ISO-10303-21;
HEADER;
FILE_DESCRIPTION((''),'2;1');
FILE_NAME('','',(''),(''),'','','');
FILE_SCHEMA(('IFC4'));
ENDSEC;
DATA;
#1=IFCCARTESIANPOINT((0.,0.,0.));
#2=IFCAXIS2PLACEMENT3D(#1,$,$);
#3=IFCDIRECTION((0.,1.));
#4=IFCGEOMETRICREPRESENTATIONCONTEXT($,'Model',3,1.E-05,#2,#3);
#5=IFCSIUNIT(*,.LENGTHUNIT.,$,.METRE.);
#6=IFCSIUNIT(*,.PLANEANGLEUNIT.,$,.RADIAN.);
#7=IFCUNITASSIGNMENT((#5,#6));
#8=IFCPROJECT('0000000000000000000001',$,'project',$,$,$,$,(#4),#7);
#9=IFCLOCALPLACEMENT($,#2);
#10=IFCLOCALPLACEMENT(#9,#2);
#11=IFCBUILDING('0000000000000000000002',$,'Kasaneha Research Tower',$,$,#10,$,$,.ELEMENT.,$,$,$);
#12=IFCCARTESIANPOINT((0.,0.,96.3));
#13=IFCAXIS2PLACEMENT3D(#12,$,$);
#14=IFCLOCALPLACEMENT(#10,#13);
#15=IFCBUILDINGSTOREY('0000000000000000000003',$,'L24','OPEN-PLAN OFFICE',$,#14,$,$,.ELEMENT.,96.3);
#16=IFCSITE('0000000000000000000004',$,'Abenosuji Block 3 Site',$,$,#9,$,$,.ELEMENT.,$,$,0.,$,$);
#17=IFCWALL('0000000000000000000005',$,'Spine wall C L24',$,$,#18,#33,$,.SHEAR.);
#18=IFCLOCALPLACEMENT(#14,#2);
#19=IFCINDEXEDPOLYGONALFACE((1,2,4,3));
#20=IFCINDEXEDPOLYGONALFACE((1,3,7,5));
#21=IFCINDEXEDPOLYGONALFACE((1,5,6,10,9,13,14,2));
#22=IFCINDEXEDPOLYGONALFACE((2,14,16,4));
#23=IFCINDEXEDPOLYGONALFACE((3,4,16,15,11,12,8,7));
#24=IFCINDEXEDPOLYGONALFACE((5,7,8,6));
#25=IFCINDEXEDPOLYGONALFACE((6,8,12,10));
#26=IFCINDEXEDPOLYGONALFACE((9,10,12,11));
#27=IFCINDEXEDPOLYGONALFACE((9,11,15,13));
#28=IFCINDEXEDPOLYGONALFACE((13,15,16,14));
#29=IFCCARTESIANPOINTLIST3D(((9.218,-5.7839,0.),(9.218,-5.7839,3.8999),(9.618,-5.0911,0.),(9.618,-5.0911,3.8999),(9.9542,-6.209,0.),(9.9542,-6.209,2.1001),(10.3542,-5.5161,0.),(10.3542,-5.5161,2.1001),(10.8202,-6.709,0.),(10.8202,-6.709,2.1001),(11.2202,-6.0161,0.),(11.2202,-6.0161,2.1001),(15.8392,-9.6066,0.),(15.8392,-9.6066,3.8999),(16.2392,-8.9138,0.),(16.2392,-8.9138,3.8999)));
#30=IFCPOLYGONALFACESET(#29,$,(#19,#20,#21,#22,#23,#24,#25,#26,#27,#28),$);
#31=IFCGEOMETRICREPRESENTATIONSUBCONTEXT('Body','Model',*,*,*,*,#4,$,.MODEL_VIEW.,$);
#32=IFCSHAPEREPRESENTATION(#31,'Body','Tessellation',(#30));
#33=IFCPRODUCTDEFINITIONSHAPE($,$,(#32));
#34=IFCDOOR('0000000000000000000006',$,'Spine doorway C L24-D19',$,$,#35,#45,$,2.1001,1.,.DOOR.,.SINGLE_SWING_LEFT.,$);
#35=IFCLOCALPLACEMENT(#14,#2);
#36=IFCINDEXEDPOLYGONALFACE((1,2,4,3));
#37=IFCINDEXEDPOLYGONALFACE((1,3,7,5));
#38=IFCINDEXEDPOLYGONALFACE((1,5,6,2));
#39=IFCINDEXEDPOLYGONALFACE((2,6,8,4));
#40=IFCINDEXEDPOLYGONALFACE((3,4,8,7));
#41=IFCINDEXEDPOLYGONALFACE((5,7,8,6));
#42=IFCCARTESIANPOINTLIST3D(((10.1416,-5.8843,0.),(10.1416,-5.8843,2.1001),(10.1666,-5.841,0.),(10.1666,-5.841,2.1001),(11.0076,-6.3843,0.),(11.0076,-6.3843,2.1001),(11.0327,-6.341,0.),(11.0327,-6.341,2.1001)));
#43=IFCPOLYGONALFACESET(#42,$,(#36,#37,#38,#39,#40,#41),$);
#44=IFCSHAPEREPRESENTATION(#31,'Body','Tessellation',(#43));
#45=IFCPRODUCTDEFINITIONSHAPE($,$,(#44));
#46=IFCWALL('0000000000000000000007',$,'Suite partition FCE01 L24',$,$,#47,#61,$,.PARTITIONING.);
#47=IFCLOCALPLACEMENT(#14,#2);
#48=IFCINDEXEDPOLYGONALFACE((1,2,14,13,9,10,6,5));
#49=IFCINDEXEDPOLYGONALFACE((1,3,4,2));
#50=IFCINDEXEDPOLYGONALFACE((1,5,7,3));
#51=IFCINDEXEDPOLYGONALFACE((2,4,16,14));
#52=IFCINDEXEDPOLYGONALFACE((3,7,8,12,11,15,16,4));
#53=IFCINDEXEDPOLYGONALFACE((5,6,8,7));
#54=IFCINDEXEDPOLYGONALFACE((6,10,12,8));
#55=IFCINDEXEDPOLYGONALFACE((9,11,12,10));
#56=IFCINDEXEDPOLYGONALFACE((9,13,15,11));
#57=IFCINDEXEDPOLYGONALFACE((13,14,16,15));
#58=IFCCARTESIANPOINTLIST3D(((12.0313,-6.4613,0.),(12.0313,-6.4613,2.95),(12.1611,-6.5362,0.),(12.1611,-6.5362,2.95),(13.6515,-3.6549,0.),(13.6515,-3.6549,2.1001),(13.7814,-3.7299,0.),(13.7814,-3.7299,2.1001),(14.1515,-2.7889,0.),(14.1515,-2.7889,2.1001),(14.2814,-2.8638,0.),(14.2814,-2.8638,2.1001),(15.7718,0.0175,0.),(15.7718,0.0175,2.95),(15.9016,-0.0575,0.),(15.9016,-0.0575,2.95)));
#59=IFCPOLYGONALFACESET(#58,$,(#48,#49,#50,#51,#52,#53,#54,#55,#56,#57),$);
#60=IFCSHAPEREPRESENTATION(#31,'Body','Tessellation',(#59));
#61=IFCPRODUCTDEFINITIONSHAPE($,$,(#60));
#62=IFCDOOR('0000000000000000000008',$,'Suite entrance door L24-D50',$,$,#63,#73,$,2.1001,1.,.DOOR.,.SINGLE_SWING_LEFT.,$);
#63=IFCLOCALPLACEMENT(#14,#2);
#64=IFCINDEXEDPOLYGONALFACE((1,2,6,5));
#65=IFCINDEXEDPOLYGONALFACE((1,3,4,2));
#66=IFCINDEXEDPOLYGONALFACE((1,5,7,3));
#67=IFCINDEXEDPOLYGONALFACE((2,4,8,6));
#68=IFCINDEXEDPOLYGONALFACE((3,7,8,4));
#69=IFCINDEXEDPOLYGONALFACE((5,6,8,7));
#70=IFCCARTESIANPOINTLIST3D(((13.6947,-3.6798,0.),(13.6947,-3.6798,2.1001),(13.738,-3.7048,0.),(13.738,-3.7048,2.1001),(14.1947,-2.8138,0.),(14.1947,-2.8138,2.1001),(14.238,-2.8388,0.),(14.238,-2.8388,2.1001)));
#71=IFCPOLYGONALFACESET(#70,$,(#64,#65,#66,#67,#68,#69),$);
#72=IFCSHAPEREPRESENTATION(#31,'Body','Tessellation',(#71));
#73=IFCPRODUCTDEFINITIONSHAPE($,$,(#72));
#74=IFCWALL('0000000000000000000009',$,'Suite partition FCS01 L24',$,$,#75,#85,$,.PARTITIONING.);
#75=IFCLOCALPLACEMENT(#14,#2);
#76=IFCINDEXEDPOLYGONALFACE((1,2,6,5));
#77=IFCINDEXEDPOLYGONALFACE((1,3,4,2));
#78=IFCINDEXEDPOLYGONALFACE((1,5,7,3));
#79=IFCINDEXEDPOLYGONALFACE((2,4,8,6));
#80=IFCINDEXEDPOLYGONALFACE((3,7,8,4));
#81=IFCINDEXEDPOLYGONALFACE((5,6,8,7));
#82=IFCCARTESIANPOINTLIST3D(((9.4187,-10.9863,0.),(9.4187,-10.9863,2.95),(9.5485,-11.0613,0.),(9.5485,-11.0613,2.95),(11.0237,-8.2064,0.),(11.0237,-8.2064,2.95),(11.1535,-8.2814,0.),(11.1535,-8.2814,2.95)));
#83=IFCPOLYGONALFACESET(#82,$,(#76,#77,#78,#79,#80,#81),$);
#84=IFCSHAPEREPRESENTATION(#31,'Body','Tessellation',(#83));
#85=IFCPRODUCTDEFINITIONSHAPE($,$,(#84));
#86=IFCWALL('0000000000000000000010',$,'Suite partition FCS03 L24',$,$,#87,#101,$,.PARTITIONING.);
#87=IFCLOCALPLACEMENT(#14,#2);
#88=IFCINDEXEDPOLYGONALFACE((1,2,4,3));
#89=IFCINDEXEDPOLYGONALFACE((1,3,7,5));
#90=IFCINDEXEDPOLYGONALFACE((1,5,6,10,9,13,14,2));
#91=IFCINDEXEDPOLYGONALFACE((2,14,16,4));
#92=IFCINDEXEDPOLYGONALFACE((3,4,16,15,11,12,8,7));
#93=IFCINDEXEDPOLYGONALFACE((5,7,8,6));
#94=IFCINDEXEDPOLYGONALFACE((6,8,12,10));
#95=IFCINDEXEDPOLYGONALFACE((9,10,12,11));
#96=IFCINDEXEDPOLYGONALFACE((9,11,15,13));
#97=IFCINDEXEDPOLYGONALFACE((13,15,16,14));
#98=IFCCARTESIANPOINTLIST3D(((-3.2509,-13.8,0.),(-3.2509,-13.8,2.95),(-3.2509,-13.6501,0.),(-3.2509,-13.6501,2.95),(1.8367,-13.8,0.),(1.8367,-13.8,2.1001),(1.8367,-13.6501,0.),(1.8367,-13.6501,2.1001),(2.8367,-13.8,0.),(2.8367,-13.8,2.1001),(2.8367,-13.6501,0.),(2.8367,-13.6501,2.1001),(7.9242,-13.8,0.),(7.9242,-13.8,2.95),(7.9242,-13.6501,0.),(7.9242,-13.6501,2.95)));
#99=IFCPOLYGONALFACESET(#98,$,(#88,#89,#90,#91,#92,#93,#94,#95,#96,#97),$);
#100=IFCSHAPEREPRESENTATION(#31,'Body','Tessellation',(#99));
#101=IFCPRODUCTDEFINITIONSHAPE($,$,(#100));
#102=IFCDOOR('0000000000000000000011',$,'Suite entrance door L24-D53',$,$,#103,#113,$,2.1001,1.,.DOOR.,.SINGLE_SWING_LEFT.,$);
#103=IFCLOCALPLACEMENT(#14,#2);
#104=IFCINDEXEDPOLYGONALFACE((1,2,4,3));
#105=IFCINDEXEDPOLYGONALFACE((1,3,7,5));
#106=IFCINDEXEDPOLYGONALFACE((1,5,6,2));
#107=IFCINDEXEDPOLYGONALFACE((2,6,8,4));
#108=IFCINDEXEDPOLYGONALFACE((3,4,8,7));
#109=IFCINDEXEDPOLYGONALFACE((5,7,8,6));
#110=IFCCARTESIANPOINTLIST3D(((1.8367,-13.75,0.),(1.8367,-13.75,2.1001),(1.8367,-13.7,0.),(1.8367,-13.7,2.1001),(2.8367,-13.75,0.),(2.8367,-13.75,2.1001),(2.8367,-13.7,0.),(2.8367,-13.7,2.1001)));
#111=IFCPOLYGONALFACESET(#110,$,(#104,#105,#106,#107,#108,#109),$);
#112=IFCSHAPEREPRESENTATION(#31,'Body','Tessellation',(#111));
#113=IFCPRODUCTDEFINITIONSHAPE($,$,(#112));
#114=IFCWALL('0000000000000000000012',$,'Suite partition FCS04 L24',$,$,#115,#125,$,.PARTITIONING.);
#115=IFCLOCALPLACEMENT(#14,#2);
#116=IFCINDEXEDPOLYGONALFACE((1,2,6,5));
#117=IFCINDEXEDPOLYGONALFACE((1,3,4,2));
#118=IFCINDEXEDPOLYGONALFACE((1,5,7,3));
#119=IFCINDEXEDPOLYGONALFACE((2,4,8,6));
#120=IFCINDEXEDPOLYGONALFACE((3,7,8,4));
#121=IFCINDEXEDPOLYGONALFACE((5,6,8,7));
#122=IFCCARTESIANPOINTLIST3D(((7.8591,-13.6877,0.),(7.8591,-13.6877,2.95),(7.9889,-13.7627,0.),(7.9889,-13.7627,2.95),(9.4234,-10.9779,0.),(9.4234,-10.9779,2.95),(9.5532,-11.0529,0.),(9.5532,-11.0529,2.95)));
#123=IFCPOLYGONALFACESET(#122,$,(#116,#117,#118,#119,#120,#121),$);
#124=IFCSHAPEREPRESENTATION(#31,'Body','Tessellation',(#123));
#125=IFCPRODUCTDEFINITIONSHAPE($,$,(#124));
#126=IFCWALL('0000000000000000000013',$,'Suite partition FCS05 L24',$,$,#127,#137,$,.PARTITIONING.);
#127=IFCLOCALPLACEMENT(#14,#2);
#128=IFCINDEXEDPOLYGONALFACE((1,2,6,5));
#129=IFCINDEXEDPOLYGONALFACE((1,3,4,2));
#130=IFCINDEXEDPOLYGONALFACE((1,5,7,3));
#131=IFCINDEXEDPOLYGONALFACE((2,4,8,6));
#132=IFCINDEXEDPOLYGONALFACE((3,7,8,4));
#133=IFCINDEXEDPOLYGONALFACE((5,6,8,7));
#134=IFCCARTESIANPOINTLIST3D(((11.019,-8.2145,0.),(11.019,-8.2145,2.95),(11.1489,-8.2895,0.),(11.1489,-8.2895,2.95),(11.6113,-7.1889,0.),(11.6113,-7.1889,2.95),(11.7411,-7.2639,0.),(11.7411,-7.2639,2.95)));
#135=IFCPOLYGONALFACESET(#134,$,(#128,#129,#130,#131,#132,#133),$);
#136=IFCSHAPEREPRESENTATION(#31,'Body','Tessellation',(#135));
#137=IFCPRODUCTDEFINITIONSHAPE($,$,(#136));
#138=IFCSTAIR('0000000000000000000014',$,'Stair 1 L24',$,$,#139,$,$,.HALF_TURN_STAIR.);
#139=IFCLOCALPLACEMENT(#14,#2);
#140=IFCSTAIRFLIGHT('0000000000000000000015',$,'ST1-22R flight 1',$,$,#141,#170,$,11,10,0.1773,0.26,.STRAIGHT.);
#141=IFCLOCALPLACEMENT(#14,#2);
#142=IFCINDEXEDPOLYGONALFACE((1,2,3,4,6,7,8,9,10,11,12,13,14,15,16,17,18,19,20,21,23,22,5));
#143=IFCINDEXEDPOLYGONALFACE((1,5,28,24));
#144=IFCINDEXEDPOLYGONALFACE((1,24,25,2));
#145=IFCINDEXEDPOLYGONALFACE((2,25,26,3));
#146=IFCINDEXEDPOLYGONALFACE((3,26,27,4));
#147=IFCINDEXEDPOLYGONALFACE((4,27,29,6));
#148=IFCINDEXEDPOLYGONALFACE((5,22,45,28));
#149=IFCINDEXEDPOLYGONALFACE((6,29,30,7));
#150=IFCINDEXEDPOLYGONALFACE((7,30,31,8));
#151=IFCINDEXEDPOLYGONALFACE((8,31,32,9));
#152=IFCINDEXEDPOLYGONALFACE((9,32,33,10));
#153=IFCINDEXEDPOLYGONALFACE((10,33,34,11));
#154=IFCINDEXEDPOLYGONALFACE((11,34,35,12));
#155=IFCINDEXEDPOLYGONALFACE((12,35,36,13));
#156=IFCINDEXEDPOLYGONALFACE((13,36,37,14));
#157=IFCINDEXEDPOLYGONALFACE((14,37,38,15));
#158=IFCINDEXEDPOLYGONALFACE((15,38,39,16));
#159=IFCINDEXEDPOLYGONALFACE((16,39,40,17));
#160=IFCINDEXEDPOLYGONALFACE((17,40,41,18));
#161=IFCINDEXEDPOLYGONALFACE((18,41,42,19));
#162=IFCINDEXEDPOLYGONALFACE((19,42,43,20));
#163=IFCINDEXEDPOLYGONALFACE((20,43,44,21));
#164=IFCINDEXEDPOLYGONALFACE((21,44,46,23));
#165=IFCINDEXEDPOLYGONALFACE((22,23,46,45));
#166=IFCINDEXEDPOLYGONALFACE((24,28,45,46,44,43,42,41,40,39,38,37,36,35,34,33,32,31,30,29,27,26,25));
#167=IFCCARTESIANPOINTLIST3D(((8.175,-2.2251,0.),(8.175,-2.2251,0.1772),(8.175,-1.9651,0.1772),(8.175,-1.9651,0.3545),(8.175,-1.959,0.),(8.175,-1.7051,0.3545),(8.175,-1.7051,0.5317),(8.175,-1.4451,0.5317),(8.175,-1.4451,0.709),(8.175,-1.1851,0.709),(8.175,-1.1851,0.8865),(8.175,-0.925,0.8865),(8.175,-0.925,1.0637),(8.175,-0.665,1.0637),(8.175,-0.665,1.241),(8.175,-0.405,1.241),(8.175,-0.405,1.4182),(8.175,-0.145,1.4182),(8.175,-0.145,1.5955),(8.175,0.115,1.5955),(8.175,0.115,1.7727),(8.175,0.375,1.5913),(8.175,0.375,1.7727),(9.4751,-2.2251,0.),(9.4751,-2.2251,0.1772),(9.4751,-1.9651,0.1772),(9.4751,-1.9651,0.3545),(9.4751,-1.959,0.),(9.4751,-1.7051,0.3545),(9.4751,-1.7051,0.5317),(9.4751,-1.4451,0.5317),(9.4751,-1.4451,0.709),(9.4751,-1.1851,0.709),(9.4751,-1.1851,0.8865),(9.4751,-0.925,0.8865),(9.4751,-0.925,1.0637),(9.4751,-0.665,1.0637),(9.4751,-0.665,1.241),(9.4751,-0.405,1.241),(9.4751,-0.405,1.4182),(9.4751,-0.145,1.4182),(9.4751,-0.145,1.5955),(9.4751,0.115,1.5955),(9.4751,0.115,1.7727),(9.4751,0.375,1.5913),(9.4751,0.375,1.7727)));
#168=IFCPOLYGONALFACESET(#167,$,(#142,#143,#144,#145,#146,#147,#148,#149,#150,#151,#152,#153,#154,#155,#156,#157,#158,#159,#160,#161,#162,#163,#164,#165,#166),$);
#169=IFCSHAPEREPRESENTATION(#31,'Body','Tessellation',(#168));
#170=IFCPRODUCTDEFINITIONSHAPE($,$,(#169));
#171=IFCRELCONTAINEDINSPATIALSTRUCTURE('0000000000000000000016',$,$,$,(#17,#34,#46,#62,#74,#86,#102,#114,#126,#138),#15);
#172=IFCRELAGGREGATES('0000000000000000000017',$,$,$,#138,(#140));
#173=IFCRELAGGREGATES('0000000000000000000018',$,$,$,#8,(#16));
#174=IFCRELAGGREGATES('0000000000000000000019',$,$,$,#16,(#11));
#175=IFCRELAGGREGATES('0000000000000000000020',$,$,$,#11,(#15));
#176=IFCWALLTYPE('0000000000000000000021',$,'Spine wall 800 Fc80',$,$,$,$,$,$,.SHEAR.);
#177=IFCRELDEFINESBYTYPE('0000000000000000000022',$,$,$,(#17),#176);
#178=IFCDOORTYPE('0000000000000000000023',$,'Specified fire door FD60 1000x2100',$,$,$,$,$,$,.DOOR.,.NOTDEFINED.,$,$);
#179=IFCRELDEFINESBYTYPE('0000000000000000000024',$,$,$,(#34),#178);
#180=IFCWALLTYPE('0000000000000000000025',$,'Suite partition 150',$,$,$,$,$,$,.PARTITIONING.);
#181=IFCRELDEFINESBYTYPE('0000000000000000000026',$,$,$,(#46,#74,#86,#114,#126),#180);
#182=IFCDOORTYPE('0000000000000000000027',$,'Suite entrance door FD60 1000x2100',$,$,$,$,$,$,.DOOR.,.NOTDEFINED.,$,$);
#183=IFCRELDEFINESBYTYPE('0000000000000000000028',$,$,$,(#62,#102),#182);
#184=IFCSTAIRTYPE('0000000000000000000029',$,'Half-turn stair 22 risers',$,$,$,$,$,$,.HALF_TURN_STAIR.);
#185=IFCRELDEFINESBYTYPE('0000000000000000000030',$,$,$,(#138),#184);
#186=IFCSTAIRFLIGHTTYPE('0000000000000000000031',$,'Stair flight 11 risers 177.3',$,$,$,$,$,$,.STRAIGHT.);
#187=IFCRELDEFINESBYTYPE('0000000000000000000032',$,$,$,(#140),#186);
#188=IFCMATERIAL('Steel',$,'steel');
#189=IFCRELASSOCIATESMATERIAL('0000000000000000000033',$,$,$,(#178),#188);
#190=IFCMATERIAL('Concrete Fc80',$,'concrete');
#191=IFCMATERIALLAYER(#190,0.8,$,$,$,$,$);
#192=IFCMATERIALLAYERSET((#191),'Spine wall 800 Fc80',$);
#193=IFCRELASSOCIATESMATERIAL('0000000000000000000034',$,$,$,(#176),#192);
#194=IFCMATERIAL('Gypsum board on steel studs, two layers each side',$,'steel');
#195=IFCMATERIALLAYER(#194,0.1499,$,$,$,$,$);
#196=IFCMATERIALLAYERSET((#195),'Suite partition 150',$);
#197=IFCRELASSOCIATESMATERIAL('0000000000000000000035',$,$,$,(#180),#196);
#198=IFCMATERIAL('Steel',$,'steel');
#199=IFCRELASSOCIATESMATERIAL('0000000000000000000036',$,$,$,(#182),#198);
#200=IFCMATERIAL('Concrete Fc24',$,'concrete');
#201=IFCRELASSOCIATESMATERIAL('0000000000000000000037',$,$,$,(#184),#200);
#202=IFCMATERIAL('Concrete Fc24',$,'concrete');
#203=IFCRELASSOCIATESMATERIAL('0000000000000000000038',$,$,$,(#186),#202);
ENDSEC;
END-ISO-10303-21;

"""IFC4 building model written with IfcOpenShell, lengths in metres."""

from ifc_helpers import new_model, si_unit, direction, frame, frame_2d, origin, place, context, subcontext, project, spatial, polyline, rectangle, outline, extrude, material, layer, layer_set, type_object, element, fill, aggregate, save


model = new_model("IFC4")

# Units and contexts
model_context = context("Model", 3, precision=1e-05, world=origin(), true_north=direction((0.0, 1.0)))
body_context = subcontext(model_context, "Body", "Model", "MODEL_VIEW")
ifc_project = project(units=[si_unit("LENGTHUNIT", "METRE"), si_unit("PLANEANGLEUNIT", "RADIAN")], contexts=[model_context])

# Site, building, storey
site_placement = place(None, origin())
site = spatial("IfcSite", under=ifc_project, at=site_placement, Name="Abenosuji Block 3 Site", CompositionType="ELEMENT", RefElevation=0.0)
building_placement = place(site_placement, origin())
building = spatial("IfcBuilding", under=site, at=building_placement, Name="Kasaneha Research Tower", CompositionType="ELEMENT")
storey_placement = place(building_placement, frame((0.0, 0.0, 96.3)))
storey = spatial("IfcBuildingStorey", under=building, at=storey_placement, Name="L24", Description="OPEN-PLAN OFFICE", CompositionType="ELEMENT", Elevation=96.3)

# Shared definitions
ifc_material_1 = material(Name="Steel", Category="steel")
door_type_1 = type_object("IfcDoorType", Name="Specified fire door FD60 1000x2100", OperationType="NOTDEFINED", PredefinedType="DOOR", material=ifc_material_1)

# Walls, openings, doors
ifc_material_2 = material(Name="Concrete Fc80", Category="concrete")
ifc_layer_1 = layer(ifc_material_2, 0.8)
ifc_layer_set_1 = layer_set([ifc_layer_1], Name="Spine wall 800 Fc80")
wall_type_1 = type_object("IfcWallType", Name="Spine wall 800 Fc80", PredefinedType="SHEAR", material=ifc_layer_set_1)
wall_1_placement = place(storey_placement, frame((9.418, -5.4375, 0.0), z_axis=(0.0, 0.0, 1.0), x_axis=(0.86603, -0.499992, 0.0)))
wall_1 = element("IfcWall", 1, at=wall_1_placement, inside=storey, type_object=wall_type_1, Name="Spine wall C L24", PredefinedType="SHEAR", context=body_context, shape_type="SweptSolid", body=[
    extrude(rectangle(XDim=7.6455, YDim=0.8, at=frame_2d((3.8228, 0.0))), origin(), (0.0, 0.0, 1.0), 3.8999),
])
opening_1_placement = place(wall_1_placement, frame((0.8501, 0.0, 0.0)))
opening_1 = element("IfcOpeningElement", 2, at=opening_1_placement, cuts=wall_1, PredefinedType="OPENING", context=body_context, shape_type="SweptSolid", body=[
    extrude(rectangle(XDim=1.0, YDim=2.1001, at=frame_2d((0.5, 1.05))), frame((0.0, 0.4102, 0.0), z_axis=(0.0, -1.0, 0.0), x_axis=(1.0, 0.0, 0.0)), (0.0, 0.0, 1.0), 0.8201),
])
door_1_placement = place(opening_1_placement, origin())
door_1 = element("IfcDoor", 3, at=door_1_placement, inside=storey, type_object=door_type_1, Name="Spine doorway C L24-D19", OperationType="SINGLE_SWING_LEFT", OverallHeight=2.1001, OverallWidth=1.0, PredefinedType="DOOR", context=body_context, shape_type="SweptSolid", body=[
    extrude(rectangle(XDim=1.0, YDim=2.1001, at=frame_2d((0.5, 1.05))), frame((0.0, 0.0249, 0.0), z_axis=(0.0, -1.0, 0.0), x_axis=(1.0, 0.0, 0.0)), (0.0, 0.0, 1.0), 0.05),
])
fill(opening_1, door_1)
ifc_material_3 = material(Name="Gypsum board on steel studs, two layers each side", Category="steel")
ifc_layer_2 = layer(ifc_material_3, 0.1499)
ifc_layer_set_2 = layer_set([ifc_layer_2], Name="Suite partition 150")
wall_type_2 = type_object("IfcWallType", Name="Suite partition 150", PredefinedType="PARTITIONING", material=ifc_layer_set_2)
wall_2_placement = place(storey_placement, frame((15.8367, -0.02, 0.0), z_axis=(0.0, 0.0, 1.0), x_axis=(-0.499996, -0.866027, 0.0)))
wall_2 = element("IfcWall", 4, at=wall_2_placement, inside=storey, type_object=wall_type_2, Name="Suite partition FCE01 L24", PredefinedType="PARTITIONING", context=body_context, shape_type="SweptSolid", body=[
    extrude(rectangle(XDim=7.481, YDim=0.1499, at=frame_2d((3.7405, 0.0))), origin(), (0.0, 0.0, 1.0), 2.95),
])
opening_2_placement = place(wall_2_placement, frame((3.2405, 0.0, 0.0)))
opening_2 = element("IfcOpeningElement", 5, at=opening_2_placement, cuts=wall_2, PredefinedType="OPENING", context=body_context, shape_type="SweptSolid", body=[
    extrude(rectangle(XDim=1.0, YDim=2.1001, at=frame_2d((0.5, 1.05))), frame((0.0, 0.085, 0.0), z_axis=(0.0, -1.0, 0.0), x_axis=(1.0, 0.0, 0.0)), (0.0, 0.0, 1.0), 0.1699),
])
ifc_material_4 = material(Name="Steel", Category="steel")
door_type_2 = type_object("IfcDoorType", Name="Suite entrance door FD60 1000x2100", OperationType="NOTDEFINED", PredefinedType="DOOR", material=ifc_material_4)
door_2_placement = place(opening_2_placement, origin())
door_2 = element("IfcDoor", 6, at=door_2_placement, inside=storey, type_object=door_type_2, Name="Suite entrance door L24-D50", OperationType="SINGLE_SWING_LEFT", OverallHeight=2.1001, OverallWidth=1.0, PredefinedType="DOOR", context=body_context, shape_type="SweptSolid", body=[
    extrude(rectangle(XDim=1.0, YDim=2.1001, at=frame_2d((0.5, 1.05))), frame((0.0, 0.0249, 0.0), z_axis=(0.0, -1.0, 0.0), x_axis=(1.0, 0.0, 0.0)), (0.0, 0.0, 1.0), 0.05),
])
fill(opening_2, door_2)

# Wall
wall_3_placement = place(storey_placement, frame((11.0886, -8.2439, 0.0), z_axis=(0.0, 0.0, 1.0), x_axis=(-0.500017, -0.866016, 0.0)))
element("IfcWall", 7, at=wall_3_placement, inside=storey, type_object=wall_type_2, Name="Suite partition FCS01 L24", PredefinedType="PARTITIONING", context=body_context, shape_type="SweptSolid", body=[
    extrude(rectangle(XDim=3.21, YDim=0.1499, at=frame_2d((1.605, 0.0))), origin(), (0.0, 0.0, 1.0), 2.95),
])

# Wall, opening, door
wall_4_placement = place(storey_placement, frame((7.9241, -13.7251, 0.0), z_axis=(0.0, 0.0, 1.0), x_axis=(-1.0, 0.0, 0.0)))
wall_4 = element("IfcWall", 8, at=wall_4_placement, inside=storey, type_object=wall_type_2, Name="Suite partition FCS03 L24", PredefinedType="PARTITIONING", context=body_context, shape_type="SweptSolid", body=[
    extrude(rectangle(XDim=11.175, YDim=0.1499, at=frame_2d((5.5874, 0.0))), origin(), (0.0, 0.0, 1.0), 2.95),
])
opening_3_placement = place(wall_4_placement, frame((5.0874, 0.0, 0.0)))
opening_3 = element("IfcOpeningElement", 9, at=opening_3_placement, cuts=wall_4, PredefinedType="OPENING", context=body_context, shape_type="SweptSolid", body=[
    extrude(rectangle(XDim=1.0, YDim=2.1001, at=frame_2d((0.5, 1.05))), frame((0.0, 0.085, 0.0), z_axis=(0.0, -1.0, 0.0), x_axis=(1.0, 0.0, 0.0)), (0.0, 0.0, 1.0), 0.1699),
])
door_3_placement = place(opening_3_placement, origin())
door_3 = element("IfcDoor", 10, at=door_3_placement, inside=storey, type_object=door_type_2, Name="Suite entrance door L24-D53", OperationType="SINGLE_SWING_LEFT", OverallHeight=2.1001, OverallWidth=1.0, PredefinedType="DOOR", context=body_context, shape_type="SweptSolid", body=[
    extrude(rectangle(XDim=1.0, YDim=2.1001, at=frame_2d((0.5, 1.05))), frame((0.0, 0.0249, 0.0), z_axis=(0.0, -1.0, 0.0), x_axis=(1.0, 0.0, 0.0)), (0.0, 0.0, 1.0), 0.05),
])
fill(opening_3, door_3)

# Walls
wall_5_placement = place(storey_placement, frame((9.4883, -11.0154, 0.0), z_axis=(0.0, 0.0, 1.0), x_axis=(-0.499941, -0.86606, 0.0)))
element("IfcWall", 11, at=wall_5_placement, inside=storey, type_object=wall_type_2, Name="Suite partition FCS04 L24", PredefinedType="PARTITIONING", context=body_context, shape_type="SweptSolid", body=[
    extrude(rectangle(XDim=3.1289, YDim=0.1499, at=frame_2d((1.5645, 0.0))), origin(), (0.0, 0.0, 1.0), 2.95),
])
wall_6_placement = place(storey_placement, frame((11.6763, -7.2263, 0.0), z_axis=(0.0, 0.0, 1.0), x_axis=(-0.500085, -0.865976, 0.0)))
element("IfcWall", 12, at=wall_6_placement, inside=storey, type_object=wall_type_2, Name="Suite partition FCS05 L24", PredefinedType="PARTITIONING", context=body_context, shape_type="SweptSolid", body=[
    extrude(rectangle(XDim=1.1843, YDim=0.1499, at=frame_2d((0.5923, 0.0))), origin(), (0.0, 0.0, 1.0), 2.95),
])

# Stair, stair flight
ifc_material_5 = material(Name="Concrete Fc24", Category="concrete")
stair_type = type_object("IfcStairType", Name="Half-turn stair 22 risers", PredefinedType="HALF_TURN_STAIR", material=ifc_material_5)
stair_placement = place(storey_placement, origin())
stair = element("IfcStair", 13, at=stair_placement, inside=storey, type_object=stair_type, Name="Stair 1 L24", PredefinedType="HALF_TURN_STAIR")
ifc_material_6 = material(Name="Concrete Fc24", Category="concrete")
stair_flight_type = type_object("IfcStairFlightType", Name="Stair flight 11 risers 177.3", PredefinedType="STRAIGHT", material=ifc_material_6)
stair_flight_placement = place(storey_placement, frame((8.825, -2.2251, 0.0), z_axis=(0.0, 0.0, 1.0), x_axis=(0.0, 1.0, 0.0)))
stair_flight = element("IfcStairFlight", 14, at=stair_flight_placement, type_object=stair_flight_type, Name="ST1-22R flight 1", NumberOfRisers=11, NumberOfTreads=10, PredefinedType="STRAIGHT", RiserHeight=0.1773, TreadLength=0.26, context=body_context, shape_type="SweptSolid", body=[
    extrude(outline(polyline([(0.0, 0.0), (0.0, 0.1772), (0.26, 0.1772), (0.26, 0.3545), (0.52, 0.3545), (0.52, 0.5317), (0.78, 0.5317), (0.78, 0.709), (1.04, 0.709), (1.04, 0.8865), (1.3, 0.8865), (1.3, 1.0637), (1.5601, 1.0637), (1.5601, 1.241), (1.8201, 1.241), (1.8201, 1.4182), (2.0801, 1.4182), (2.0801, 1.5955), (2.3401, 1.5955), (2.3401, 1.7727), (2.6001, 1.7727), (2.6001, 1.95), (2.6001, 1.5913), (0.2661, 0.0), (0.0, 0.0)])), frame((0.0, 0.6499, 0.0), z_axis=(0.0, -1.0, 0.0), x_axis=(1.0, 0.0, 0.0)), (0.0, 0.0, 1.0), 1.3),
])
aggregate(stair, [stair_flight])

save(model, "model.ifc")
